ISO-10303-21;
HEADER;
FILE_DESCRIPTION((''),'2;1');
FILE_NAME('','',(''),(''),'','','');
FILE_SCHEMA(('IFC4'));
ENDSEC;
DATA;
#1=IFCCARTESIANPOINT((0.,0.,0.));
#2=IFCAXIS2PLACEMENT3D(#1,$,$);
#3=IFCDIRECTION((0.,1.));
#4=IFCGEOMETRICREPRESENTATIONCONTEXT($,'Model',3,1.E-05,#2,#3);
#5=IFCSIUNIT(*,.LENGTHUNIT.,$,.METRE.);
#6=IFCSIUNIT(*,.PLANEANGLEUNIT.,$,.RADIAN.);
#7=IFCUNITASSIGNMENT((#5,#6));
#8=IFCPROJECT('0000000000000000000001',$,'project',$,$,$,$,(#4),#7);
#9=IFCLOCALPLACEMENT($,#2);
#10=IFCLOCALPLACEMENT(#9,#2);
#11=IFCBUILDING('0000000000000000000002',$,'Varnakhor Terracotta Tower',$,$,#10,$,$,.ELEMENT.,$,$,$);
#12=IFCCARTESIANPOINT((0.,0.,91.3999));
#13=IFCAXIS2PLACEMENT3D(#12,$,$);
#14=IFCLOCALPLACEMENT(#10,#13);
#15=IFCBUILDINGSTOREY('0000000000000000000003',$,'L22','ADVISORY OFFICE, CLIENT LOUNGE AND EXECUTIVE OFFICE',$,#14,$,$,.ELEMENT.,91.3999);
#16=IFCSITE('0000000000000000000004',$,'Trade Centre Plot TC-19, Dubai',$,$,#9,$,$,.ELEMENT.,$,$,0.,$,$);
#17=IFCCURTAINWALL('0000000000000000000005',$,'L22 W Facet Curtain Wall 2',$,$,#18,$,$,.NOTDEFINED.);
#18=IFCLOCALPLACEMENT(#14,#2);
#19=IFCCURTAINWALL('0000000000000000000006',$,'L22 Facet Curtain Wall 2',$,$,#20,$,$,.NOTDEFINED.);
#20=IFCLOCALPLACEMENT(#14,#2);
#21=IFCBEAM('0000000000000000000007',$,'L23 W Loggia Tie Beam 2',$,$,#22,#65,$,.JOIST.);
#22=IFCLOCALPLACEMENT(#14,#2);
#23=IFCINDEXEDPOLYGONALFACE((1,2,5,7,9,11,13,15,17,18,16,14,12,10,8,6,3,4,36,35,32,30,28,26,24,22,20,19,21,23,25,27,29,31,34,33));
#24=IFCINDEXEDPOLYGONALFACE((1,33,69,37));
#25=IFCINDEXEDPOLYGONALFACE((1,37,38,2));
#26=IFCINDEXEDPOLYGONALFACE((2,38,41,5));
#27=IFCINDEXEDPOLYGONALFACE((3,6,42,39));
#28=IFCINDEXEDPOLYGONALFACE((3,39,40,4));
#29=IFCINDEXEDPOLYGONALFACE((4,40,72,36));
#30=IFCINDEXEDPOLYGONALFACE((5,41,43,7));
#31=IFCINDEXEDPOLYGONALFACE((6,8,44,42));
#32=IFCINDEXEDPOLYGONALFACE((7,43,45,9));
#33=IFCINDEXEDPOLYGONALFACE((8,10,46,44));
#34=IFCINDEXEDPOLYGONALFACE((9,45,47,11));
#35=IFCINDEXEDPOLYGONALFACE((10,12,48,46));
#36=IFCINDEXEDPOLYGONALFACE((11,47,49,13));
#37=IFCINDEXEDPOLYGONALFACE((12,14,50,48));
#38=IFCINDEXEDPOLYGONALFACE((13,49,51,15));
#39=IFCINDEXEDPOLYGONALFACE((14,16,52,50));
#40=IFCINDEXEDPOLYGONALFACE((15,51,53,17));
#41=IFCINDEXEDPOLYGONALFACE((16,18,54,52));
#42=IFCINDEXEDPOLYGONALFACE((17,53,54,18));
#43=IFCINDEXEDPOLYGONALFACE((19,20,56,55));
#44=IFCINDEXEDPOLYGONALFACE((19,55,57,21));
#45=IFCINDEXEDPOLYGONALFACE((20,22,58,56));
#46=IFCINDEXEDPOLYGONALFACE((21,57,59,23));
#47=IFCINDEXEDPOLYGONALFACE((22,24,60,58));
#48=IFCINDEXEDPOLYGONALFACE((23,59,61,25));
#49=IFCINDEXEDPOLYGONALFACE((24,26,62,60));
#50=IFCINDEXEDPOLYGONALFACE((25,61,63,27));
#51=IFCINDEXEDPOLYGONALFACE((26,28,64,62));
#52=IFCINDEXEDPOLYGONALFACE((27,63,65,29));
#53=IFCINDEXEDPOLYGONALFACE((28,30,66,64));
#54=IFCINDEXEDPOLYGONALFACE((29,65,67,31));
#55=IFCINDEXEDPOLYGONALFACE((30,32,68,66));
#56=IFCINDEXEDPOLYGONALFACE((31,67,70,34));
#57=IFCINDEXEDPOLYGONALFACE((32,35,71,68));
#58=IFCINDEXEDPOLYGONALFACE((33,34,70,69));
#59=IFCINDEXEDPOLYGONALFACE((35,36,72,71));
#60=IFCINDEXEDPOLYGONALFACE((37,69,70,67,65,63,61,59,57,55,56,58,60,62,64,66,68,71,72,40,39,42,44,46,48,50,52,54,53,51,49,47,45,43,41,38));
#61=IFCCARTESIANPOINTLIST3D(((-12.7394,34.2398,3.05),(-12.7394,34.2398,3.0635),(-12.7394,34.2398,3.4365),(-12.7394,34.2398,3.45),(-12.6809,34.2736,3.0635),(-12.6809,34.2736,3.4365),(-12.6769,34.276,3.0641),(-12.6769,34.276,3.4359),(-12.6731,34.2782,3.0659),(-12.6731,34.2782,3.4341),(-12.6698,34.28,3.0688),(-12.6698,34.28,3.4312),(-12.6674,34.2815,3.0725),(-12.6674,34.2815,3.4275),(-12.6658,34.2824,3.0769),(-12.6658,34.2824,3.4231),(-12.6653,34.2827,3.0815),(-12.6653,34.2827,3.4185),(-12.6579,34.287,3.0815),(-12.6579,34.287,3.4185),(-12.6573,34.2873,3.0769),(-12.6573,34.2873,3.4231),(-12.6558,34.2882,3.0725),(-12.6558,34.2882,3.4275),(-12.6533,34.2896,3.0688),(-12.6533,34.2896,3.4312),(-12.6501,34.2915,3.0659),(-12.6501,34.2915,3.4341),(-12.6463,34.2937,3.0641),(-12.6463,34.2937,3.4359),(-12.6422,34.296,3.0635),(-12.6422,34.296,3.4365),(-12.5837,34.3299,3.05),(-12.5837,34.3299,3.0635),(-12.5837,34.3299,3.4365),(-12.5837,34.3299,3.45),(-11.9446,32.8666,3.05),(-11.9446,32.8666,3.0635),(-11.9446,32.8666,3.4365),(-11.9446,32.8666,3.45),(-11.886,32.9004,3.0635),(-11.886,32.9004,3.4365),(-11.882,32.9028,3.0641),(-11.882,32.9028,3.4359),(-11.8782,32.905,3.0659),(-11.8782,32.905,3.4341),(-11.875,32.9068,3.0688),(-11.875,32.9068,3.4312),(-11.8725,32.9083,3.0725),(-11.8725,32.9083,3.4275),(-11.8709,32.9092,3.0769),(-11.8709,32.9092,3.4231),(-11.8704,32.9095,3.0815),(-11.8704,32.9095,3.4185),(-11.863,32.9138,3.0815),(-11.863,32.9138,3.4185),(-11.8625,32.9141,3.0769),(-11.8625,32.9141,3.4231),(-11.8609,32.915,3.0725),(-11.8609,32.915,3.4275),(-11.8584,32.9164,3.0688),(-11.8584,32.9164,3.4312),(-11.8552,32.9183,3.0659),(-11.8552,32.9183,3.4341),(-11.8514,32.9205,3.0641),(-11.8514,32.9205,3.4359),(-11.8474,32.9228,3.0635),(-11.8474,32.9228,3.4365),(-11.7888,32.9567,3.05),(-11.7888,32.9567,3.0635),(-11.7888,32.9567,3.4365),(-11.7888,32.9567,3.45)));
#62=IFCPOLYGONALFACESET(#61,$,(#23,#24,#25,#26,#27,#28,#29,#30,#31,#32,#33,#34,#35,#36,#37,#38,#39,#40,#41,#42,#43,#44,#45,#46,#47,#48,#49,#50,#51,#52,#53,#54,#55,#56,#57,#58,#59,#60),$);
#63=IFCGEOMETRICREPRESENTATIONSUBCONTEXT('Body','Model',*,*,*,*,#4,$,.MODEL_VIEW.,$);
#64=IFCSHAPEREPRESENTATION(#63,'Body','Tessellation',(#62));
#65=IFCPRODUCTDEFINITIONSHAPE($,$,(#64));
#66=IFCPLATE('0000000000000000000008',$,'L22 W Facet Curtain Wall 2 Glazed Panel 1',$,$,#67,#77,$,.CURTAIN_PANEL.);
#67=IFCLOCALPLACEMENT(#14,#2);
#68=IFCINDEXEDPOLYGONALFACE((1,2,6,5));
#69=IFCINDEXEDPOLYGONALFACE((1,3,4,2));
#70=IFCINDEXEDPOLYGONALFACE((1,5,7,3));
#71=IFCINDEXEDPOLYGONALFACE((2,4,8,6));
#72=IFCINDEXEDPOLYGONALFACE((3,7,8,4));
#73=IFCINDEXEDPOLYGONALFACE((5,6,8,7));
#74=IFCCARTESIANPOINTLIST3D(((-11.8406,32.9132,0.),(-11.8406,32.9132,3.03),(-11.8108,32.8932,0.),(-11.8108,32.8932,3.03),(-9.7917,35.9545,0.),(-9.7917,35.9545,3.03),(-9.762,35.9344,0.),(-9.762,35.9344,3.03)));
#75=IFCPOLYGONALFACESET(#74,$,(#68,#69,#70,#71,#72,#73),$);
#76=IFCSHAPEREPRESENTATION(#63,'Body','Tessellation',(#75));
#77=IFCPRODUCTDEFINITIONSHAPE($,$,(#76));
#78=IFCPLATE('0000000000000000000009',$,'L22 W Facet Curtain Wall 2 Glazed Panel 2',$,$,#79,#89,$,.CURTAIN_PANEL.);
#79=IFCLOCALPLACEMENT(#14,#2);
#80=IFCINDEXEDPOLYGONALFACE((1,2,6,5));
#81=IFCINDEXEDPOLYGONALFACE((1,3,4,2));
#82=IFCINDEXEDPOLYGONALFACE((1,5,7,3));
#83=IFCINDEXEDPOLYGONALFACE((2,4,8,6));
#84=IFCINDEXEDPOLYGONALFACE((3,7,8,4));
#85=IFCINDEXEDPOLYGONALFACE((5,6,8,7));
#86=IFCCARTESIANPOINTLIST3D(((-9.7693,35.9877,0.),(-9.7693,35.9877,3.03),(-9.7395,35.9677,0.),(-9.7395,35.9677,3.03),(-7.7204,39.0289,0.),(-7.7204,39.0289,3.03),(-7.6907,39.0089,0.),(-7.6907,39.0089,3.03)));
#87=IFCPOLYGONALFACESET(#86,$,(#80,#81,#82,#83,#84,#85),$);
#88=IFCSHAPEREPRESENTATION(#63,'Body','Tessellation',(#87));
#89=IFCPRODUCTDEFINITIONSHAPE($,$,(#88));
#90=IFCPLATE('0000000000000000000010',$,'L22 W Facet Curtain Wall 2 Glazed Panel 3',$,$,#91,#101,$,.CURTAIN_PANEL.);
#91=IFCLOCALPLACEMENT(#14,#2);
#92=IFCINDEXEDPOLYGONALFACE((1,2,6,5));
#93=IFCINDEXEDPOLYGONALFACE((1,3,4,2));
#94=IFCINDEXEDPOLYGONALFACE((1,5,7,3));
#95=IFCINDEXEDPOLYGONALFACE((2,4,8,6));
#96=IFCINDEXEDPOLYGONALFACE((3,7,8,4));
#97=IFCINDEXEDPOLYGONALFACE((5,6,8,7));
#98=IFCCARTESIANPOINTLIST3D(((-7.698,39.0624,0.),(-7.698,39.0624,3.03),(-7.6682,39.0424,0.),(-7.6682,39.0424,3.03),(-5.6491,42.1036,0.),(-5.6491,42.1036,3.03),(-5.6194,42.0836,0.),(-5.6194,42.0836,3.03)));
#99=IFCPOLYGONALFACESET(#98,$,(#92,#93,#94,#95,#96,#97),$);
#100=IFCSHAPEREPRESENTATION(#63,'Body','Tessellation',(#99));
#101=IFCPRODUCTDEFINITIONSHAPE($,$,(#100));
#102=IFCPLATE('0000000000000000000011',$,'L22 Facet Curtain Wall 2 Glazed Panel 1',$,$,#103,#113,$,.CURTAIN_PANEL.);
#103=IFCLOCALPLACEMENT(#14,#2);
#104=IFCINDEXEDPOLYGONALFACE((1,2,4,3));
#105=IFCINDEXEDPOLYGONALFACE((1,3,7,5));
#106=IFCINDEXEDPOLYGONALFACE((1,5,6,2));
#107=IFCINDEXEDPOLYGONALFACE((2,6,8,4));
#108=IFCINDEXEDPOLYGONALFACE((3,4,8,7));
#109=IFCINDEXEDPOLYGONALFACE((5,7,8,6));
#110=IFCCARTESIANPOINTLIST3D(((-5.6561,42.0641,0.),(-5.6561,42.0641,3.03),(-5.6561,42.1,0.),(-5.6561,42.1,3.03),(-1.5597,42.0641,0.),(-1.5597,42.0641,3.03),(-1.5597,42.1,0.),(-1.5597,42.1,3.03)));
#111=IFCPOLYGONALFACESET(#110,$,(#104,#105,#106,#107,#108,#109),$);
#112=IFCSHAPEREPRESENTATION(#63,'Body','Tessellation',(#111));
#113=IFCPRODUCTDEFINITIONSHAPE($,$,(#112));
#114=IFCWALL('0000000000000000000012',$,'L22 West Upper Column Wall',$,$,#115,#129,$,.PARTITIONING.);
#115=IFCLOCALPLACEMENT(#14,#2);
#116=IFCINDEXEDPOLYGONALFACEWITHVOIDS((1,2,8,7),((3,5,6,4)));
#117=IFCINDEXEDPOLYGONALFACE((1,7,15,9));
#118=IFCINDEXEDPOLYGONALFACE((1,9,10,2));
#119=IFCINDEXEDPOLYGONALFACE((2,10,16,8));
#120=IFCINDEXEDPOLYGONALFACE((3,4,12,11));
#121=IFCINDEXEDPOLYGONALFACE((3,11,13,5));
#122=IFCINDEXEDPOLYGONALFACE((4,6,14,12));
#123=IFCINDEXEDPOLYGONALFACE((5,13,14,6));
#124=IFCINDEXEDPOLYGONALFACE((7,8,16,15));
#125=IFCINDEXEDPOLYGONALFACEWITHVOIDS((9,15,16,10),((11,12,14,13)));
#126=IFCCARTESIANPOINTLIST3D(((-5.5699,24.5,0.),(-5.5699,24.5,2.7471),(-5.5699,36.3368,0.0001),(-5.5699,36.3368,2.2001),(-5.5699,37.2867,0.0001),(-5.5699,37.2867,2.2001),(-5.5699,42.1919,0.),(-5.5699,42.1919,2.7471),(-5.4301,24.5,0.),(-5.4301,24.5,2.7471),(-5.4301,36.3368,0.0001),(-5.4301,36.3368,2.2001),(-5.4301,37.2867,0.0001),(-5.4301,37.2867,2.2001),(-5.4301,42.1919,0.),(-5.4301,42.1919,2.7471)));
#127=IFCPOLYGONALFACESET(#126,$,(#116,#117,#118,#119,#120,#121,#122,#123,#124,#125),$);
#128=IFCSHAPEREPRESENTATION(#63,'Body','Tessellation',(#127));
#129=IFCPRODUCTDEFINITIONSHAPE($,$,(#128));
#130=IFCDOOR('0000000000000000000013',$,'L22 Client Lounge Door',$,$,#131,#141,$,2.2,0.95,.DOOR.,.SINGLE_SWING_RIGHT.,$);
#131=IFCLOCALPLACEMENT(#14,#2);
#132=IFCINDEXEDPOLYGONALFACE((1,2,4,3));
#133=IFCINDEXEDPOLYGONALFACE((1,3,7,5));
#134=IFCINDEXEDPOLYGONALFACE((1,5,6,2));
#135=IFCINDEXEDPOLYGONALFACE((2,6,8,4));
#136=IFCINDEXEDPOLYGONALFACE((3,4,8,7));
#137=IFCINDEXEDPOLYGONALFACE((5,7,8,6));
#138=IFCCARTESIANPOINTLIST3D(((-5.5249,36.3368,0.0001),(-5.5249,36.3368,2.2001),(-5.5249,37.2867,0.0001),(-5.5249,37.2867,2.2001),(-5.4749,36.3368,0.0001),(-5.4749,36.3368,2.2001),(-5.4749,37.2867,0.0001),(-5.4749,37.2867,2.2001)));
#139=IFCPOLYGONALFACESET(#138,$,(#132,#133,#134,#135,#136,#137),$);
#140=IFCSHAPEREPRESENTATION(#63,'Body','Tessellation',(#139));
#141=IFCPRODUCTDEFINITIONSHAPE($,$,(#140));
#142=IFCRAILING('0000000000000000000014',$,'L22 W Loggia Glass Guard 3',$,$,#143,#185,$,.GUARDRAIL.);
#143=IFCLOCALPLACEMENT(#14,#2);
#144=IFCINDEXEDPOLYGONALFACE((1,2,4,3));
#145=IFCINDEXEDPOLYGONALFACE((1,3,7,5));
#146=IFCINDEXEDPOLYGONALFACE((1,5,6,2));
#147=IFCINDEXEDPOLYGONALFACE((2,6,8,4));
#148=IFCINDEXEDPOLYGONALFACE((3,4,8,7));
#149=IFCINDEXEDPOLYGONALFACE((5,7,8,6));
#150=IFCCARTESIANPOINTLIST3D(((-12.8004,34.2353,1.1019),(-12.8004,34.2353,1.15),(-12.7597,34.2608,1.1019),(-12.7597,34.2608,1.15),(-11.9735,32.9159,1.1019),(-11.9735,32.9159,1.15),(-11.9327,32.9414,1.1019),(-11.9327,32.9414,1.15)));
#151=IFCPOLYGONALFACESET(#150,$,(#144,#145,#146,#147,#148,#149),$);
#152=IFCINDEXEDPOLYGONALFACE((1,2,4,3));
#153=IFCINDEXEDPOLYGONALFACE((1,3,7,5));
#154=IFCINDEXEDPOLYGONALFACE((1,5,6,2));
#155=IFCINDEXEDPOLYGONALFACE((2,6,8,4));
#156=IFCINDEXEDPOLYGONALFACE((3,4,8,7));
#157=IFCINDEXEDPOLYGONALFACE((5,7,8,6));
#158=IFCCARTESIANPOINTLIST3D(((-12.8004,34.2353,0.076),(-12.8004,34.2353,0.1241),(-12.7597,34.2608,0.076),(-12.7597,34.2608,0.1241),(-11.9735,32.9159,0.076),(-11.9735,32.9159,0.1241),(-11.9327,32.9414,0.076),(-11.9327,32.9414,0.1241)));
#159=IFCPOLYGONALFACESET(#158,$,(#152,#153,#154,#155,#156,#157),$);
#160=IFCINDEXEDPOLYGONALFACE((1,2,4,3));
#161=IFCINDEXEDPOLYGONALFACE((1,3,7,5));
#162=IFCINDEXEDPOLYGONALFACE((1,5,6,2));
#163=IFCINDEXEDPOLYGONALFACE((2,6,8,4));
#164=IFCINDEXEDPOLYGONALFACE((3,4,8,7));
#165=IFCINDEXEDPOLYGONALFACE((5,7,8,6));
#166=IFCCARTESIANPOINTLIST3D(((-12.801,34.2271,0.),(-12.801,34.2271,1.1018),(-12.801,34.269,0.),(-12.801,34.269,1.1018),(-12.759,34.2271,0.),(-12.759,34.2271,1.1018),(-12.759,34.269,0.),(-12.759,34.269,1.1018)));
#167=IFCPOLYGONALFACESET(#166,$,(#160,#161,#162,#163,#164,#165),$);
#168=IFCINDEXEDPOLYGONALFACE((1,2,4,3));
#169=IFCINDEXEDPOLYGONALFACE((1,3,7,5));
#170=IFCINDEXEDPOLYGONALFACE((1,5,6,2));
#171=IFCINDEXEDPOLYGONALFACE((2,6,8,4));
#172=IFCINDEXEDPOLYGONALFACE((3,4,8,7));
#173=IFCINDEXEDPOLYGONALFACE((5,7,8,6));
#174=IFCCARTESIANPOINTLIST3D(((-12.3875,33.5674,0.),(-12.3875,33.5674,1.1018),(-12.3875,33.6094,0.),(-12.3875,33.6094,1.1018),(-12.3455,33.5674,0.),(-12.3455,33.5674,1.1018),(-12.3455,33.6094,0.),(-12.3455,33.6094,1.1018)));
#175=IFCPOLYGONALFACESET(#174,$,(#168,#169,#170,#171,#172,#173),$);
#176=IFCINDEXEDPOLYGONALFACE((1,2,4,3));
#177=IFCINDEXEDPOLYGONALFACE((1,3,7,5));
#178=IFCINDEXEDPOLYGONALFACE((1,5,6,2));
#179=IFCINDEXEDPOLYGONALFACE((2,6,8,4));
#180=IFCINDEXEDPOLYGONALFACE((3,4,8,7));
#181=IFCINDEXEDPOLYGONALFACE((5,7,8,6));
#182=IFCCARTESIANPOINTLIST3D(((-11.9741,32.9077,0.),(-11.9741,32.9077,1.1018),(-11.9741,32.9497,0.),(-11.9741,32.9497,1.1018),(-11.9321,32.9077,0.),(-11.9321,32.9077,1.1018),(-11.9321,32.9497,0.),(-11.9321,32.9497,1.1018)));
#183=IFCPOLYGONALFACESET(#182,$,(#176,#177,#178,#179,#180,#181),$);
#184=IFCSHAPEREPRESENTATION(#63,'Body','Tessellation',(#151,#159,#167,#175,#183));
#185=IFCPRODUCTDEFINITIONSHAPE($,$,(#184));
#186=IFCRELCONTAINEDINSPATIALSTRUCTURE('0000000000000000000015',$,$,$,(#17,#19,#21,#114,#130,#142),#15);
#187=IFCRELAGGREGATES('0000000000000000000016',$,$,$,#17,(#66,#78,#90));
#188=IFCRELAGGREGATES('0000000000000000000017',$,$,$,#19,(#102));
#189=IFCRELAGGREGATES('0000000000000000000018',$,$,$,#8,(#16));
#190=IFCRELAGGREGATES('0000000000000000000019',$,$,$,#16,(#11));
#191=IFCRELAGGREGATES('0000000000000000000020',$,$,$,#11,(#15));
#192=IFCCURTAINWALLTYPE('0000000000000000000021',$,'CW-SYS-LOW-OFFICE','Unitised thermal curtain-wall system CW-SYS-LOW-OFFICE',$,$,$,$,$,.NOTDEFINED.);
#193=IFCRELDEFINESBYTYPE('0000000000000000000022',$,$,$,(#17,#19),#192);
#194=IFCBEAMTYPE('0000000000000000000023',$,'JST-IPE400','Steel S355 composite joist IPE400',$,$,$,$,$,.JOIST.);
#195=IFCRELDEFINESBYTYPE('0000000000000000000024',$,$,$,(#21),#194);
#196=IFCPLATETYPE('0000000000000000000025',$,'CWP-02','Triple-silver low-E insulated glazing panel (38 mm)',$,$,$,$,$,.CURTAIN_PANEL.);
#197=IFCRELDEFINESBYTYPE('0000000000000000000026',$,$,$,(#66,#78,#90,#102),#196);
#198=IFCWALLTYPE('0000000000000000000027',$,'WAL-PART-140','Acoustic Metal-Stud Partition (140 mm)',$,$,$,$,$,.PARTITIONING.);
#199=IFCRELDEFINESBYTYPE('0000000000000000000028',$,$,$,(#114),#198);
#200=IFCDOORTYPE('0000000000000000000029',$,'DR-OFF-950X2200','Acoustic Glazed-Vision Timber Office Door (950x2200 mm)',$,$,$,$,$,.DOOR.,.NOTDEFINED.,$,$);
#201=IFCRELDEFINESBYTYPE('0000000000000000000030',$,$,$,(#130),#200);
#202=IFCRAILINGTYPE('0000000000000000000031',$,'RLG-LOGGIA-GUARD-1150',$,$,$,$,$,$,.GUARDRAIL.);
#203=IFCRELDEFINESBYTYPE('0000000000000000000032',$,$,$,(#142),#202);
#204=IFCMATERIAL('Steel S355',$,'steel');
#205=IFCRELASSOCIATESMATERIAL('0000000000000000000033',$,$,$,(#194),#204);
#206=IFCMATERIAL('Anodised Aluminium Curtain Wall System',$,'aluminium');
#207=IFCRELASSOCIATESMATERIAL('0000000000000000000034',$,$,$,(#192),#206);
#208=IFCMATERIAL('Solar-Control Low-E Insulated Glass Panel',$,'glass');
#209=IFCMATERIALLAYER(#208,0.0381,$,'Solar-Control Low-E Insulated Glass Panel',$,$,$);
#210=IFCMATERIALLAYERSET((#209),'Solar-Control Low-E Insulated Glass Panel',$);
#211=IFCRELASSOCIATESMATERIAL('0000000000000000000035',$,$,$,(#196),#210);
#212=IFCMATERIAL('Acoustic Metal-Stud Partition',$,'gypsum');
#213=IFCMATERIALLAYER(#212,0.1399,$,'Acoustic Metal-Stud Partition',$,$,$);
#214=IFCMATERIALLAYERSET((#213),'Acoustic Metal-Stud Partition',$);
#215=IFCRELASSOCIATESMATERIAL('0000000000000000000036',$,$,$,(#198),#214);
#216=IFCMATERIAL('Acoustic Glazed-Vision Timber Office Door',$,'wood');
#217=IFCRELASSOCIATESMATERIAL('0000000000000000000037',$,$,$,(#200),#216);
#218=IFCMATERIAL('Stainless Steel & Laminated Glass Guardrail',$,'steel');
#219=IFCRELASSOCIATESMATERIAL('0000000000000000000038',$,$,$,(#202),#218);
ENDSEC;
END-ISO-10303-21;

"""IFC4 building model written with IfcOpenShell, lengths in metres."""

from ifc_helpers import new_model, si_unit, direction, frame, frame_2d, origin, origin_2d, place, context, subcontext, project, spatial, rectangle, i_section, extrude, source, transform, mapped, material, layer, layer_set, material_profile, profile_set, type_object, type_shapes, element, fill, aggregate, save


model = new_model("IFC4")

# Units and contexts
model_context = context("Model", 3, precision=1e-05, world=origin(), true_north=direction((0.0, 1.0)))
body_context = subcontext(model_context, "Body", "Model", "MODEL_VIEW")
ifc_project = project(units=[si_unit("LENGTHUNIT", "METRE"), si_unit("PLANEANGLEUNIT", "RADIAN")], contexts=[model_context])

# Site, building, storey
site_placement = place(None, origin())
site = spatial("IfcSite", under=ifc_project, at=site_placement, Name="Trade Centre Plot TC-19, Dubai", CompositionType="ELEMENT", RefElevation=0.0)
building_placement = place(site_placement, origin())
building = spatial("IfcBuilding", under=site, at=building_placement, Name="Varnakhor Terracotta Tower", CompositionType="ELEMENT")
storey_placement = place(building_placement, frame((0.0, 0.0, 91.3999)))
storey = spatial("IfcBuildingStorey", under=building, at=storey_placement, Name="L22", Description="ADVISORY OFFICE, CLIENT LOUNGE AND EXECUTIVE OFFICE", CompositionType="ELEMENT", Elevation=91.3999)

# Shared definitions
ifc_material_1 = material(Name="Steel S355", Category="steel")
ifc_material_profile_1 = material_profile(ifc_material_1, i_section(OverallWidth=0.1799, OverallDepth=0.3999, WebThickness=0.0085, FlangeThickness=0.0134, FilletRadius=0.0181, at=origin_2d()), Name="IPE400")
ifc_profile_set_1 = profile_set([ifc_material_profile_1], Name="Steel S355")
beam_type_1 = type_object("IfcBeamType", Name="JST-IPE400", Description="Steel S355 composite joist IPE400", PredefinedType="JOIST", material=ifc_profile_set_1)

# Curtain walls
ifc_material_2 = material(Name="Anodised Aluminium Curtain Wall System", Category="aluminium")
curtain_wall_type = type_object("IfcCurtainWallType", Name="CW-SYS-LOW-OFFICE", Description="Unitised thermal curtain-wall system CW-SYS-LOW-OFFICE", PredefinedType="NOTDEFINED", material=ifc_material_2)
curtain_wall_1_placement = place(storey_placement, origin())
curtain_wall_1 = element("IfcCurtainWall", 1, at=curtain_wall_1_placement, inside=storey, type_object=curtain_wall_type, Name="L22 W Facet Curtain Wall 2", PredefinedType="NOTDEFINED")
curtain_wall_2_placement = place(storey_placement, origin())
curtain_wall_2 = element("IfcCurtainWall", 2, at=curtain_wall_2_placement, inside=storey, type_object=curtain_wall_type, Name="L22 Facet Curtain Wall 2", PredefinedType="NOTDEFINED")

# Beam
shared_shape_1 = source(origin(), body_context, "Body", "SweptSolid", [
    extrude(i_section(OverallWidth=0.1799, OverallDepth=0.3999, WebThickness=0.0085, FlangeThickness=0.0134, FilletRadius=0.0181, at=origin_2d()), origin(), (0.0, 0.0, 1.0), 1.5867),
])
beam_1_placement = place(storey_placement, frame((-11.8667, 32.9116, 3.25), z_axis=(-0.50097, 0.865465, 0.0), x_axis=(-0.865465, -0.50097, 0.0)))
element("IfcBeam", 3, at=beam_1_placement, inside=storey, type_object=beam_type_1, Name="L23 W Loggia Tie Beam 2", PredefinedType="JOIST", context=body_context, shape_type="MappedRepresentation", body=[
    mapped(shared_shape_1, transform((0.0, 0.0, 0.0), scale=1.0)),
])

# Plates
ifc_material_3 = material(Name="Solar-Control Low-E Insulated Glass Panel", Category="glass")
ifc_layer_1 = layer(ifc_material_3, 0.0381, Name="Solar-Control Low-E Insulated Glass Panel")
ifc_layer_set_1 = layer_set([ifc_layer_1], Name="Solar-Control Low-E Insulated Glass Panel")
plate_type = type_object("IfcPlateType", Name="CWP-02", Description="Triple-silver low-E insulated glazing panel (38 mm)", PredefinedType="CURTAIN_PANEL", material=ifc_layer_set_1)
shared_shape_2 = source(origin(), body_context, "Body", "SweptSolid", [
    extrude(rectangle(XDim=3.667, YDim=0.0359, at=origin_2d()), origin(), (0.0, 0.0, 1.0), 3.03),
])
plate_1_placement = place(storey_placement, frame((-10.8013, 34.4238, 0.0), z_axis=(0.0, 0.0, 1.0), x_axis=(0.55873, 0.82935, 0.0)))
plate_1 = element("IfcPlate", 4, at=plate_1_placement, type_object=plate_type, Name="L22 W Facet Curtain Wall 2 Glazed Panel 1", PredefinedType="CURTAIN_PANEL", context=body_context, shape_type="MappedRepresentation", body=[
    mapped(shared_shape_2, transform((0.0, 0.0, 0.0), scale=1.0)),
])
plate_2_placement = place(storey_placement, frame((-8.73, 37.4983, 0.0), z_axis=(0.0, 0.0, 1.0), x_axis=(0.55873, 0.82935, 0.0)))
plate_2 = element("IfcPlate", 5, at=plate_2_placement, type_object=plate_type, Name="L22 W Facet Curtain Wall 2 Glazed Panel 2", PredefinedType="CURTAIN_PANEL", context=body_context, shape_type="MappedRepresentation", body=[
    mapped(shared_shape_2, transform((0.0, 0.0, 0.0), scale=1.0)),
])
plate_3_placement = place(storey_placement, frame((-6.6587, 40.573, 0.0), z_axis=(0.0, 0.0, 1.0), x_axis=(0.55873, 0.82935, 0.0)))
plate_3 = element("IfcPlate", 6, at=plate_3_placement, type_object=plate_type, Name="L22 W Facet Curtain Wall 2 Glazed Panel 3", PredefinedType="CURTAIN_PANEL", context=body_context, shape_type="MappedRepresentation", body=[
    mapped(shared_shape_2, transform((0.0, 0.0, 0.0), scale=1.0)),
])
aggregate(curtain_wall_1, [plate_1, plate_2, plate_3])
shared_shape_3 = source(origin(), body_context, "Body", "SweptSolid", [
    extrude(rectangle(XDim=4.0964, YDim=0.0359, at=origin_2d()), origin(), (0.0, 0.0, 1.0), 3.03),
])
plate_4_placement = place(storey_placement, frame((-3.6079, 42.082, 0.0), z_axis=(0.0, 0.0, 1.0), x_axis=(1.0, 0.0, 0.0)))
plate_4 = element("IfcPlate", 7, at=plate_4_placement, type_object=plate_type, Name="L22 Facet Curtain Wall 2 Glazed Panel 1", PredefinedType="CURTAIN_PANEL", context=body_context, shape_type="MappedRepresentation", body=[
    mapped(shared_shape_3, transform((0.0, 0.0, 0.0), scale=1.0)),
])
aggregate(curtain_wall_2, [plate_4])

# Wall, opening, door
ifc_material_4 = material(Name="Acoustic Metal-Stud Partition", Category="gypsum")
ifc_layer_2 = layer(ifc_material_4, 0.1399, Name="Acoustic Metal-Stud Partition")
ifc_layer_set_2 = layer_set([ifc_layer_2], Name="Acoustic Metal-Stud Partition")
wall_type = type_object("IfcWallType", Name="WAL-PART-140", Description="Acoustic Metal-Stud Partition (140 mm)", PredefinedType="PARTITIONING", material=ifc_layer_set_2)
wall_placement = place(storey_placement, frame((-5.5, 24.5, 0.0), z_axis=(0.0, 0.0, 1.0), x_axis=(0.0, 1.0, 0.0)))
wall = element("IfcWall", 8, at=wall_placement, inside=storey, type_object=wall_type, Name="L22 West Upper Column Wall", PredefinedType="PARTITIONING", context=body_context, shape_type="SweptSolid", body=[
    extrude(rectangle(XDim=17.6919, YDim=0.1399, at=frame_2d((8.8459, 0.0))), origin(), (0.0, 0.0, 1.0), 2.7471),
])
opening_placement = place(wall_placement, frame((11.8367, 0.0, 0.0)))
opening = element("IfcOpeningElement", 9, at=opening_placement, cuts=wall, PredefinedType="OPENING", context=body_context, shape_type="SweptSolid", body=[
    extrude(rectangle(XDim=0.95, YDim=2.2, at=frame_2d((0.4751, 1.1001))), frame((0.0, 0.0801, 0.0), z_axis=(0.0, -1.0, 0.0), x_axis=(1.0, 0.0, 0.0)), (0.0, 0.0, 1.0), 0.1599),
])
ifc_material_5 = material(Name="Acoustic Glazed-Vision Timber Office Door", Category="wood")
door_type = type_object("IfcDoorType", Name="DR-OFF-950X2200", Description="Acoustic Glazed-Vision Timber Office Door (950x2200 mm)", OperationType="NOTDEFINED", PredefinedType="DOOR", material=ifc_material_5)
shared_shape_4 = source(origin(), body_context, "Body", "SweptSolid", [
    extrude(rectangle(XDim=0.95, YDim=2.2, at=frame_2d((0.4751, 1.1001))), frame((0.0, 0.0249, 0.0), z_axis=(0.0, -1.0, 0.0), x_axis=(1.0, 0.0, 0.0)), (0.0, 0.0, 1.0), 0.05),
])
type_shapes(door_type, [shared_shape_4])
door_placement = place(opening_placement, origin())
door = element("IfcDoor", 10, at=door_placement, inside=storey, type_object=door_type, Name="L22 Client Lounge Door", OperationType="SINGLE_SWING_RIGHT", OverallHeight=2.2, OverallWidth=0.95, PredefinedType="DOOR", context=body_context, shape_type="MappedRepresentation", body=[
    mapped(shared_shape_4, transform((0.0, 0.0, 0.0), scale=1.0)),
])
fill(opening, door)

# Railing
ifc_material_6 = material(Name="Stainless Steel & Laminated Glass Guardrail", Category="steel")
railing_type = type_object("IfcRailingType", Name="RLG-LOGGIA-GUARD-1150", PredefinedType="GUARDRAIL", material=ifc_material_6)
railing_placement = place(storey_placement, frame((-12.78, 34.248, 0.0)))
element("IfcRailing", 11, at=railing_placement, inside=storey, type_object=railing_type, Name="L22 W Loggia Glass Guard 3", PredefinedType="GUARDRAIL", context=body_context, shape_type="SweptSolid", body=[
    extrude(rectangle(XDim=0.0481, YDim=0.0481, at=origin_2d()), frame((0.0, 0.0, 1.126), z_axis=(0.53107, -0.847328, 0.0), x_axis=(0.847328, 0.53107, 0.0)), (0.0, 0.0, 1.0), 1.5571),
    extrude(rectangle(XDim=0.0481, YDim=0.0481, at=origin_2d()), frame((0.0, 0.0, 0.1001), z_axis=(0.53107, -0.847328, 0.0), x_axis=(0.847328, 0.53107, 0.0)), (0.0, 0.0, 1.0), 1.5571),
    extrude(rectangle(XDim=0.042, YDim=0.042, at=origin_2d()), origin(), (0.0, 0.0, 1.0), 1.1018),
    extrude(rectangle(XDim=0.042, YDim=0.042, at=origin_2d()), frame((0.4136, -0.6597, 0.0)), (0.0, 0.0, 1.0), 1.1018),
    extrude(rectangle(XDim=0.042, YDim=0.042, at=origin_2d()), frame((0.8269, -1.3193, 0.0)), (0.0, 0.0, 1.0), 1.1018),
])

save(model, "model.ifc")
